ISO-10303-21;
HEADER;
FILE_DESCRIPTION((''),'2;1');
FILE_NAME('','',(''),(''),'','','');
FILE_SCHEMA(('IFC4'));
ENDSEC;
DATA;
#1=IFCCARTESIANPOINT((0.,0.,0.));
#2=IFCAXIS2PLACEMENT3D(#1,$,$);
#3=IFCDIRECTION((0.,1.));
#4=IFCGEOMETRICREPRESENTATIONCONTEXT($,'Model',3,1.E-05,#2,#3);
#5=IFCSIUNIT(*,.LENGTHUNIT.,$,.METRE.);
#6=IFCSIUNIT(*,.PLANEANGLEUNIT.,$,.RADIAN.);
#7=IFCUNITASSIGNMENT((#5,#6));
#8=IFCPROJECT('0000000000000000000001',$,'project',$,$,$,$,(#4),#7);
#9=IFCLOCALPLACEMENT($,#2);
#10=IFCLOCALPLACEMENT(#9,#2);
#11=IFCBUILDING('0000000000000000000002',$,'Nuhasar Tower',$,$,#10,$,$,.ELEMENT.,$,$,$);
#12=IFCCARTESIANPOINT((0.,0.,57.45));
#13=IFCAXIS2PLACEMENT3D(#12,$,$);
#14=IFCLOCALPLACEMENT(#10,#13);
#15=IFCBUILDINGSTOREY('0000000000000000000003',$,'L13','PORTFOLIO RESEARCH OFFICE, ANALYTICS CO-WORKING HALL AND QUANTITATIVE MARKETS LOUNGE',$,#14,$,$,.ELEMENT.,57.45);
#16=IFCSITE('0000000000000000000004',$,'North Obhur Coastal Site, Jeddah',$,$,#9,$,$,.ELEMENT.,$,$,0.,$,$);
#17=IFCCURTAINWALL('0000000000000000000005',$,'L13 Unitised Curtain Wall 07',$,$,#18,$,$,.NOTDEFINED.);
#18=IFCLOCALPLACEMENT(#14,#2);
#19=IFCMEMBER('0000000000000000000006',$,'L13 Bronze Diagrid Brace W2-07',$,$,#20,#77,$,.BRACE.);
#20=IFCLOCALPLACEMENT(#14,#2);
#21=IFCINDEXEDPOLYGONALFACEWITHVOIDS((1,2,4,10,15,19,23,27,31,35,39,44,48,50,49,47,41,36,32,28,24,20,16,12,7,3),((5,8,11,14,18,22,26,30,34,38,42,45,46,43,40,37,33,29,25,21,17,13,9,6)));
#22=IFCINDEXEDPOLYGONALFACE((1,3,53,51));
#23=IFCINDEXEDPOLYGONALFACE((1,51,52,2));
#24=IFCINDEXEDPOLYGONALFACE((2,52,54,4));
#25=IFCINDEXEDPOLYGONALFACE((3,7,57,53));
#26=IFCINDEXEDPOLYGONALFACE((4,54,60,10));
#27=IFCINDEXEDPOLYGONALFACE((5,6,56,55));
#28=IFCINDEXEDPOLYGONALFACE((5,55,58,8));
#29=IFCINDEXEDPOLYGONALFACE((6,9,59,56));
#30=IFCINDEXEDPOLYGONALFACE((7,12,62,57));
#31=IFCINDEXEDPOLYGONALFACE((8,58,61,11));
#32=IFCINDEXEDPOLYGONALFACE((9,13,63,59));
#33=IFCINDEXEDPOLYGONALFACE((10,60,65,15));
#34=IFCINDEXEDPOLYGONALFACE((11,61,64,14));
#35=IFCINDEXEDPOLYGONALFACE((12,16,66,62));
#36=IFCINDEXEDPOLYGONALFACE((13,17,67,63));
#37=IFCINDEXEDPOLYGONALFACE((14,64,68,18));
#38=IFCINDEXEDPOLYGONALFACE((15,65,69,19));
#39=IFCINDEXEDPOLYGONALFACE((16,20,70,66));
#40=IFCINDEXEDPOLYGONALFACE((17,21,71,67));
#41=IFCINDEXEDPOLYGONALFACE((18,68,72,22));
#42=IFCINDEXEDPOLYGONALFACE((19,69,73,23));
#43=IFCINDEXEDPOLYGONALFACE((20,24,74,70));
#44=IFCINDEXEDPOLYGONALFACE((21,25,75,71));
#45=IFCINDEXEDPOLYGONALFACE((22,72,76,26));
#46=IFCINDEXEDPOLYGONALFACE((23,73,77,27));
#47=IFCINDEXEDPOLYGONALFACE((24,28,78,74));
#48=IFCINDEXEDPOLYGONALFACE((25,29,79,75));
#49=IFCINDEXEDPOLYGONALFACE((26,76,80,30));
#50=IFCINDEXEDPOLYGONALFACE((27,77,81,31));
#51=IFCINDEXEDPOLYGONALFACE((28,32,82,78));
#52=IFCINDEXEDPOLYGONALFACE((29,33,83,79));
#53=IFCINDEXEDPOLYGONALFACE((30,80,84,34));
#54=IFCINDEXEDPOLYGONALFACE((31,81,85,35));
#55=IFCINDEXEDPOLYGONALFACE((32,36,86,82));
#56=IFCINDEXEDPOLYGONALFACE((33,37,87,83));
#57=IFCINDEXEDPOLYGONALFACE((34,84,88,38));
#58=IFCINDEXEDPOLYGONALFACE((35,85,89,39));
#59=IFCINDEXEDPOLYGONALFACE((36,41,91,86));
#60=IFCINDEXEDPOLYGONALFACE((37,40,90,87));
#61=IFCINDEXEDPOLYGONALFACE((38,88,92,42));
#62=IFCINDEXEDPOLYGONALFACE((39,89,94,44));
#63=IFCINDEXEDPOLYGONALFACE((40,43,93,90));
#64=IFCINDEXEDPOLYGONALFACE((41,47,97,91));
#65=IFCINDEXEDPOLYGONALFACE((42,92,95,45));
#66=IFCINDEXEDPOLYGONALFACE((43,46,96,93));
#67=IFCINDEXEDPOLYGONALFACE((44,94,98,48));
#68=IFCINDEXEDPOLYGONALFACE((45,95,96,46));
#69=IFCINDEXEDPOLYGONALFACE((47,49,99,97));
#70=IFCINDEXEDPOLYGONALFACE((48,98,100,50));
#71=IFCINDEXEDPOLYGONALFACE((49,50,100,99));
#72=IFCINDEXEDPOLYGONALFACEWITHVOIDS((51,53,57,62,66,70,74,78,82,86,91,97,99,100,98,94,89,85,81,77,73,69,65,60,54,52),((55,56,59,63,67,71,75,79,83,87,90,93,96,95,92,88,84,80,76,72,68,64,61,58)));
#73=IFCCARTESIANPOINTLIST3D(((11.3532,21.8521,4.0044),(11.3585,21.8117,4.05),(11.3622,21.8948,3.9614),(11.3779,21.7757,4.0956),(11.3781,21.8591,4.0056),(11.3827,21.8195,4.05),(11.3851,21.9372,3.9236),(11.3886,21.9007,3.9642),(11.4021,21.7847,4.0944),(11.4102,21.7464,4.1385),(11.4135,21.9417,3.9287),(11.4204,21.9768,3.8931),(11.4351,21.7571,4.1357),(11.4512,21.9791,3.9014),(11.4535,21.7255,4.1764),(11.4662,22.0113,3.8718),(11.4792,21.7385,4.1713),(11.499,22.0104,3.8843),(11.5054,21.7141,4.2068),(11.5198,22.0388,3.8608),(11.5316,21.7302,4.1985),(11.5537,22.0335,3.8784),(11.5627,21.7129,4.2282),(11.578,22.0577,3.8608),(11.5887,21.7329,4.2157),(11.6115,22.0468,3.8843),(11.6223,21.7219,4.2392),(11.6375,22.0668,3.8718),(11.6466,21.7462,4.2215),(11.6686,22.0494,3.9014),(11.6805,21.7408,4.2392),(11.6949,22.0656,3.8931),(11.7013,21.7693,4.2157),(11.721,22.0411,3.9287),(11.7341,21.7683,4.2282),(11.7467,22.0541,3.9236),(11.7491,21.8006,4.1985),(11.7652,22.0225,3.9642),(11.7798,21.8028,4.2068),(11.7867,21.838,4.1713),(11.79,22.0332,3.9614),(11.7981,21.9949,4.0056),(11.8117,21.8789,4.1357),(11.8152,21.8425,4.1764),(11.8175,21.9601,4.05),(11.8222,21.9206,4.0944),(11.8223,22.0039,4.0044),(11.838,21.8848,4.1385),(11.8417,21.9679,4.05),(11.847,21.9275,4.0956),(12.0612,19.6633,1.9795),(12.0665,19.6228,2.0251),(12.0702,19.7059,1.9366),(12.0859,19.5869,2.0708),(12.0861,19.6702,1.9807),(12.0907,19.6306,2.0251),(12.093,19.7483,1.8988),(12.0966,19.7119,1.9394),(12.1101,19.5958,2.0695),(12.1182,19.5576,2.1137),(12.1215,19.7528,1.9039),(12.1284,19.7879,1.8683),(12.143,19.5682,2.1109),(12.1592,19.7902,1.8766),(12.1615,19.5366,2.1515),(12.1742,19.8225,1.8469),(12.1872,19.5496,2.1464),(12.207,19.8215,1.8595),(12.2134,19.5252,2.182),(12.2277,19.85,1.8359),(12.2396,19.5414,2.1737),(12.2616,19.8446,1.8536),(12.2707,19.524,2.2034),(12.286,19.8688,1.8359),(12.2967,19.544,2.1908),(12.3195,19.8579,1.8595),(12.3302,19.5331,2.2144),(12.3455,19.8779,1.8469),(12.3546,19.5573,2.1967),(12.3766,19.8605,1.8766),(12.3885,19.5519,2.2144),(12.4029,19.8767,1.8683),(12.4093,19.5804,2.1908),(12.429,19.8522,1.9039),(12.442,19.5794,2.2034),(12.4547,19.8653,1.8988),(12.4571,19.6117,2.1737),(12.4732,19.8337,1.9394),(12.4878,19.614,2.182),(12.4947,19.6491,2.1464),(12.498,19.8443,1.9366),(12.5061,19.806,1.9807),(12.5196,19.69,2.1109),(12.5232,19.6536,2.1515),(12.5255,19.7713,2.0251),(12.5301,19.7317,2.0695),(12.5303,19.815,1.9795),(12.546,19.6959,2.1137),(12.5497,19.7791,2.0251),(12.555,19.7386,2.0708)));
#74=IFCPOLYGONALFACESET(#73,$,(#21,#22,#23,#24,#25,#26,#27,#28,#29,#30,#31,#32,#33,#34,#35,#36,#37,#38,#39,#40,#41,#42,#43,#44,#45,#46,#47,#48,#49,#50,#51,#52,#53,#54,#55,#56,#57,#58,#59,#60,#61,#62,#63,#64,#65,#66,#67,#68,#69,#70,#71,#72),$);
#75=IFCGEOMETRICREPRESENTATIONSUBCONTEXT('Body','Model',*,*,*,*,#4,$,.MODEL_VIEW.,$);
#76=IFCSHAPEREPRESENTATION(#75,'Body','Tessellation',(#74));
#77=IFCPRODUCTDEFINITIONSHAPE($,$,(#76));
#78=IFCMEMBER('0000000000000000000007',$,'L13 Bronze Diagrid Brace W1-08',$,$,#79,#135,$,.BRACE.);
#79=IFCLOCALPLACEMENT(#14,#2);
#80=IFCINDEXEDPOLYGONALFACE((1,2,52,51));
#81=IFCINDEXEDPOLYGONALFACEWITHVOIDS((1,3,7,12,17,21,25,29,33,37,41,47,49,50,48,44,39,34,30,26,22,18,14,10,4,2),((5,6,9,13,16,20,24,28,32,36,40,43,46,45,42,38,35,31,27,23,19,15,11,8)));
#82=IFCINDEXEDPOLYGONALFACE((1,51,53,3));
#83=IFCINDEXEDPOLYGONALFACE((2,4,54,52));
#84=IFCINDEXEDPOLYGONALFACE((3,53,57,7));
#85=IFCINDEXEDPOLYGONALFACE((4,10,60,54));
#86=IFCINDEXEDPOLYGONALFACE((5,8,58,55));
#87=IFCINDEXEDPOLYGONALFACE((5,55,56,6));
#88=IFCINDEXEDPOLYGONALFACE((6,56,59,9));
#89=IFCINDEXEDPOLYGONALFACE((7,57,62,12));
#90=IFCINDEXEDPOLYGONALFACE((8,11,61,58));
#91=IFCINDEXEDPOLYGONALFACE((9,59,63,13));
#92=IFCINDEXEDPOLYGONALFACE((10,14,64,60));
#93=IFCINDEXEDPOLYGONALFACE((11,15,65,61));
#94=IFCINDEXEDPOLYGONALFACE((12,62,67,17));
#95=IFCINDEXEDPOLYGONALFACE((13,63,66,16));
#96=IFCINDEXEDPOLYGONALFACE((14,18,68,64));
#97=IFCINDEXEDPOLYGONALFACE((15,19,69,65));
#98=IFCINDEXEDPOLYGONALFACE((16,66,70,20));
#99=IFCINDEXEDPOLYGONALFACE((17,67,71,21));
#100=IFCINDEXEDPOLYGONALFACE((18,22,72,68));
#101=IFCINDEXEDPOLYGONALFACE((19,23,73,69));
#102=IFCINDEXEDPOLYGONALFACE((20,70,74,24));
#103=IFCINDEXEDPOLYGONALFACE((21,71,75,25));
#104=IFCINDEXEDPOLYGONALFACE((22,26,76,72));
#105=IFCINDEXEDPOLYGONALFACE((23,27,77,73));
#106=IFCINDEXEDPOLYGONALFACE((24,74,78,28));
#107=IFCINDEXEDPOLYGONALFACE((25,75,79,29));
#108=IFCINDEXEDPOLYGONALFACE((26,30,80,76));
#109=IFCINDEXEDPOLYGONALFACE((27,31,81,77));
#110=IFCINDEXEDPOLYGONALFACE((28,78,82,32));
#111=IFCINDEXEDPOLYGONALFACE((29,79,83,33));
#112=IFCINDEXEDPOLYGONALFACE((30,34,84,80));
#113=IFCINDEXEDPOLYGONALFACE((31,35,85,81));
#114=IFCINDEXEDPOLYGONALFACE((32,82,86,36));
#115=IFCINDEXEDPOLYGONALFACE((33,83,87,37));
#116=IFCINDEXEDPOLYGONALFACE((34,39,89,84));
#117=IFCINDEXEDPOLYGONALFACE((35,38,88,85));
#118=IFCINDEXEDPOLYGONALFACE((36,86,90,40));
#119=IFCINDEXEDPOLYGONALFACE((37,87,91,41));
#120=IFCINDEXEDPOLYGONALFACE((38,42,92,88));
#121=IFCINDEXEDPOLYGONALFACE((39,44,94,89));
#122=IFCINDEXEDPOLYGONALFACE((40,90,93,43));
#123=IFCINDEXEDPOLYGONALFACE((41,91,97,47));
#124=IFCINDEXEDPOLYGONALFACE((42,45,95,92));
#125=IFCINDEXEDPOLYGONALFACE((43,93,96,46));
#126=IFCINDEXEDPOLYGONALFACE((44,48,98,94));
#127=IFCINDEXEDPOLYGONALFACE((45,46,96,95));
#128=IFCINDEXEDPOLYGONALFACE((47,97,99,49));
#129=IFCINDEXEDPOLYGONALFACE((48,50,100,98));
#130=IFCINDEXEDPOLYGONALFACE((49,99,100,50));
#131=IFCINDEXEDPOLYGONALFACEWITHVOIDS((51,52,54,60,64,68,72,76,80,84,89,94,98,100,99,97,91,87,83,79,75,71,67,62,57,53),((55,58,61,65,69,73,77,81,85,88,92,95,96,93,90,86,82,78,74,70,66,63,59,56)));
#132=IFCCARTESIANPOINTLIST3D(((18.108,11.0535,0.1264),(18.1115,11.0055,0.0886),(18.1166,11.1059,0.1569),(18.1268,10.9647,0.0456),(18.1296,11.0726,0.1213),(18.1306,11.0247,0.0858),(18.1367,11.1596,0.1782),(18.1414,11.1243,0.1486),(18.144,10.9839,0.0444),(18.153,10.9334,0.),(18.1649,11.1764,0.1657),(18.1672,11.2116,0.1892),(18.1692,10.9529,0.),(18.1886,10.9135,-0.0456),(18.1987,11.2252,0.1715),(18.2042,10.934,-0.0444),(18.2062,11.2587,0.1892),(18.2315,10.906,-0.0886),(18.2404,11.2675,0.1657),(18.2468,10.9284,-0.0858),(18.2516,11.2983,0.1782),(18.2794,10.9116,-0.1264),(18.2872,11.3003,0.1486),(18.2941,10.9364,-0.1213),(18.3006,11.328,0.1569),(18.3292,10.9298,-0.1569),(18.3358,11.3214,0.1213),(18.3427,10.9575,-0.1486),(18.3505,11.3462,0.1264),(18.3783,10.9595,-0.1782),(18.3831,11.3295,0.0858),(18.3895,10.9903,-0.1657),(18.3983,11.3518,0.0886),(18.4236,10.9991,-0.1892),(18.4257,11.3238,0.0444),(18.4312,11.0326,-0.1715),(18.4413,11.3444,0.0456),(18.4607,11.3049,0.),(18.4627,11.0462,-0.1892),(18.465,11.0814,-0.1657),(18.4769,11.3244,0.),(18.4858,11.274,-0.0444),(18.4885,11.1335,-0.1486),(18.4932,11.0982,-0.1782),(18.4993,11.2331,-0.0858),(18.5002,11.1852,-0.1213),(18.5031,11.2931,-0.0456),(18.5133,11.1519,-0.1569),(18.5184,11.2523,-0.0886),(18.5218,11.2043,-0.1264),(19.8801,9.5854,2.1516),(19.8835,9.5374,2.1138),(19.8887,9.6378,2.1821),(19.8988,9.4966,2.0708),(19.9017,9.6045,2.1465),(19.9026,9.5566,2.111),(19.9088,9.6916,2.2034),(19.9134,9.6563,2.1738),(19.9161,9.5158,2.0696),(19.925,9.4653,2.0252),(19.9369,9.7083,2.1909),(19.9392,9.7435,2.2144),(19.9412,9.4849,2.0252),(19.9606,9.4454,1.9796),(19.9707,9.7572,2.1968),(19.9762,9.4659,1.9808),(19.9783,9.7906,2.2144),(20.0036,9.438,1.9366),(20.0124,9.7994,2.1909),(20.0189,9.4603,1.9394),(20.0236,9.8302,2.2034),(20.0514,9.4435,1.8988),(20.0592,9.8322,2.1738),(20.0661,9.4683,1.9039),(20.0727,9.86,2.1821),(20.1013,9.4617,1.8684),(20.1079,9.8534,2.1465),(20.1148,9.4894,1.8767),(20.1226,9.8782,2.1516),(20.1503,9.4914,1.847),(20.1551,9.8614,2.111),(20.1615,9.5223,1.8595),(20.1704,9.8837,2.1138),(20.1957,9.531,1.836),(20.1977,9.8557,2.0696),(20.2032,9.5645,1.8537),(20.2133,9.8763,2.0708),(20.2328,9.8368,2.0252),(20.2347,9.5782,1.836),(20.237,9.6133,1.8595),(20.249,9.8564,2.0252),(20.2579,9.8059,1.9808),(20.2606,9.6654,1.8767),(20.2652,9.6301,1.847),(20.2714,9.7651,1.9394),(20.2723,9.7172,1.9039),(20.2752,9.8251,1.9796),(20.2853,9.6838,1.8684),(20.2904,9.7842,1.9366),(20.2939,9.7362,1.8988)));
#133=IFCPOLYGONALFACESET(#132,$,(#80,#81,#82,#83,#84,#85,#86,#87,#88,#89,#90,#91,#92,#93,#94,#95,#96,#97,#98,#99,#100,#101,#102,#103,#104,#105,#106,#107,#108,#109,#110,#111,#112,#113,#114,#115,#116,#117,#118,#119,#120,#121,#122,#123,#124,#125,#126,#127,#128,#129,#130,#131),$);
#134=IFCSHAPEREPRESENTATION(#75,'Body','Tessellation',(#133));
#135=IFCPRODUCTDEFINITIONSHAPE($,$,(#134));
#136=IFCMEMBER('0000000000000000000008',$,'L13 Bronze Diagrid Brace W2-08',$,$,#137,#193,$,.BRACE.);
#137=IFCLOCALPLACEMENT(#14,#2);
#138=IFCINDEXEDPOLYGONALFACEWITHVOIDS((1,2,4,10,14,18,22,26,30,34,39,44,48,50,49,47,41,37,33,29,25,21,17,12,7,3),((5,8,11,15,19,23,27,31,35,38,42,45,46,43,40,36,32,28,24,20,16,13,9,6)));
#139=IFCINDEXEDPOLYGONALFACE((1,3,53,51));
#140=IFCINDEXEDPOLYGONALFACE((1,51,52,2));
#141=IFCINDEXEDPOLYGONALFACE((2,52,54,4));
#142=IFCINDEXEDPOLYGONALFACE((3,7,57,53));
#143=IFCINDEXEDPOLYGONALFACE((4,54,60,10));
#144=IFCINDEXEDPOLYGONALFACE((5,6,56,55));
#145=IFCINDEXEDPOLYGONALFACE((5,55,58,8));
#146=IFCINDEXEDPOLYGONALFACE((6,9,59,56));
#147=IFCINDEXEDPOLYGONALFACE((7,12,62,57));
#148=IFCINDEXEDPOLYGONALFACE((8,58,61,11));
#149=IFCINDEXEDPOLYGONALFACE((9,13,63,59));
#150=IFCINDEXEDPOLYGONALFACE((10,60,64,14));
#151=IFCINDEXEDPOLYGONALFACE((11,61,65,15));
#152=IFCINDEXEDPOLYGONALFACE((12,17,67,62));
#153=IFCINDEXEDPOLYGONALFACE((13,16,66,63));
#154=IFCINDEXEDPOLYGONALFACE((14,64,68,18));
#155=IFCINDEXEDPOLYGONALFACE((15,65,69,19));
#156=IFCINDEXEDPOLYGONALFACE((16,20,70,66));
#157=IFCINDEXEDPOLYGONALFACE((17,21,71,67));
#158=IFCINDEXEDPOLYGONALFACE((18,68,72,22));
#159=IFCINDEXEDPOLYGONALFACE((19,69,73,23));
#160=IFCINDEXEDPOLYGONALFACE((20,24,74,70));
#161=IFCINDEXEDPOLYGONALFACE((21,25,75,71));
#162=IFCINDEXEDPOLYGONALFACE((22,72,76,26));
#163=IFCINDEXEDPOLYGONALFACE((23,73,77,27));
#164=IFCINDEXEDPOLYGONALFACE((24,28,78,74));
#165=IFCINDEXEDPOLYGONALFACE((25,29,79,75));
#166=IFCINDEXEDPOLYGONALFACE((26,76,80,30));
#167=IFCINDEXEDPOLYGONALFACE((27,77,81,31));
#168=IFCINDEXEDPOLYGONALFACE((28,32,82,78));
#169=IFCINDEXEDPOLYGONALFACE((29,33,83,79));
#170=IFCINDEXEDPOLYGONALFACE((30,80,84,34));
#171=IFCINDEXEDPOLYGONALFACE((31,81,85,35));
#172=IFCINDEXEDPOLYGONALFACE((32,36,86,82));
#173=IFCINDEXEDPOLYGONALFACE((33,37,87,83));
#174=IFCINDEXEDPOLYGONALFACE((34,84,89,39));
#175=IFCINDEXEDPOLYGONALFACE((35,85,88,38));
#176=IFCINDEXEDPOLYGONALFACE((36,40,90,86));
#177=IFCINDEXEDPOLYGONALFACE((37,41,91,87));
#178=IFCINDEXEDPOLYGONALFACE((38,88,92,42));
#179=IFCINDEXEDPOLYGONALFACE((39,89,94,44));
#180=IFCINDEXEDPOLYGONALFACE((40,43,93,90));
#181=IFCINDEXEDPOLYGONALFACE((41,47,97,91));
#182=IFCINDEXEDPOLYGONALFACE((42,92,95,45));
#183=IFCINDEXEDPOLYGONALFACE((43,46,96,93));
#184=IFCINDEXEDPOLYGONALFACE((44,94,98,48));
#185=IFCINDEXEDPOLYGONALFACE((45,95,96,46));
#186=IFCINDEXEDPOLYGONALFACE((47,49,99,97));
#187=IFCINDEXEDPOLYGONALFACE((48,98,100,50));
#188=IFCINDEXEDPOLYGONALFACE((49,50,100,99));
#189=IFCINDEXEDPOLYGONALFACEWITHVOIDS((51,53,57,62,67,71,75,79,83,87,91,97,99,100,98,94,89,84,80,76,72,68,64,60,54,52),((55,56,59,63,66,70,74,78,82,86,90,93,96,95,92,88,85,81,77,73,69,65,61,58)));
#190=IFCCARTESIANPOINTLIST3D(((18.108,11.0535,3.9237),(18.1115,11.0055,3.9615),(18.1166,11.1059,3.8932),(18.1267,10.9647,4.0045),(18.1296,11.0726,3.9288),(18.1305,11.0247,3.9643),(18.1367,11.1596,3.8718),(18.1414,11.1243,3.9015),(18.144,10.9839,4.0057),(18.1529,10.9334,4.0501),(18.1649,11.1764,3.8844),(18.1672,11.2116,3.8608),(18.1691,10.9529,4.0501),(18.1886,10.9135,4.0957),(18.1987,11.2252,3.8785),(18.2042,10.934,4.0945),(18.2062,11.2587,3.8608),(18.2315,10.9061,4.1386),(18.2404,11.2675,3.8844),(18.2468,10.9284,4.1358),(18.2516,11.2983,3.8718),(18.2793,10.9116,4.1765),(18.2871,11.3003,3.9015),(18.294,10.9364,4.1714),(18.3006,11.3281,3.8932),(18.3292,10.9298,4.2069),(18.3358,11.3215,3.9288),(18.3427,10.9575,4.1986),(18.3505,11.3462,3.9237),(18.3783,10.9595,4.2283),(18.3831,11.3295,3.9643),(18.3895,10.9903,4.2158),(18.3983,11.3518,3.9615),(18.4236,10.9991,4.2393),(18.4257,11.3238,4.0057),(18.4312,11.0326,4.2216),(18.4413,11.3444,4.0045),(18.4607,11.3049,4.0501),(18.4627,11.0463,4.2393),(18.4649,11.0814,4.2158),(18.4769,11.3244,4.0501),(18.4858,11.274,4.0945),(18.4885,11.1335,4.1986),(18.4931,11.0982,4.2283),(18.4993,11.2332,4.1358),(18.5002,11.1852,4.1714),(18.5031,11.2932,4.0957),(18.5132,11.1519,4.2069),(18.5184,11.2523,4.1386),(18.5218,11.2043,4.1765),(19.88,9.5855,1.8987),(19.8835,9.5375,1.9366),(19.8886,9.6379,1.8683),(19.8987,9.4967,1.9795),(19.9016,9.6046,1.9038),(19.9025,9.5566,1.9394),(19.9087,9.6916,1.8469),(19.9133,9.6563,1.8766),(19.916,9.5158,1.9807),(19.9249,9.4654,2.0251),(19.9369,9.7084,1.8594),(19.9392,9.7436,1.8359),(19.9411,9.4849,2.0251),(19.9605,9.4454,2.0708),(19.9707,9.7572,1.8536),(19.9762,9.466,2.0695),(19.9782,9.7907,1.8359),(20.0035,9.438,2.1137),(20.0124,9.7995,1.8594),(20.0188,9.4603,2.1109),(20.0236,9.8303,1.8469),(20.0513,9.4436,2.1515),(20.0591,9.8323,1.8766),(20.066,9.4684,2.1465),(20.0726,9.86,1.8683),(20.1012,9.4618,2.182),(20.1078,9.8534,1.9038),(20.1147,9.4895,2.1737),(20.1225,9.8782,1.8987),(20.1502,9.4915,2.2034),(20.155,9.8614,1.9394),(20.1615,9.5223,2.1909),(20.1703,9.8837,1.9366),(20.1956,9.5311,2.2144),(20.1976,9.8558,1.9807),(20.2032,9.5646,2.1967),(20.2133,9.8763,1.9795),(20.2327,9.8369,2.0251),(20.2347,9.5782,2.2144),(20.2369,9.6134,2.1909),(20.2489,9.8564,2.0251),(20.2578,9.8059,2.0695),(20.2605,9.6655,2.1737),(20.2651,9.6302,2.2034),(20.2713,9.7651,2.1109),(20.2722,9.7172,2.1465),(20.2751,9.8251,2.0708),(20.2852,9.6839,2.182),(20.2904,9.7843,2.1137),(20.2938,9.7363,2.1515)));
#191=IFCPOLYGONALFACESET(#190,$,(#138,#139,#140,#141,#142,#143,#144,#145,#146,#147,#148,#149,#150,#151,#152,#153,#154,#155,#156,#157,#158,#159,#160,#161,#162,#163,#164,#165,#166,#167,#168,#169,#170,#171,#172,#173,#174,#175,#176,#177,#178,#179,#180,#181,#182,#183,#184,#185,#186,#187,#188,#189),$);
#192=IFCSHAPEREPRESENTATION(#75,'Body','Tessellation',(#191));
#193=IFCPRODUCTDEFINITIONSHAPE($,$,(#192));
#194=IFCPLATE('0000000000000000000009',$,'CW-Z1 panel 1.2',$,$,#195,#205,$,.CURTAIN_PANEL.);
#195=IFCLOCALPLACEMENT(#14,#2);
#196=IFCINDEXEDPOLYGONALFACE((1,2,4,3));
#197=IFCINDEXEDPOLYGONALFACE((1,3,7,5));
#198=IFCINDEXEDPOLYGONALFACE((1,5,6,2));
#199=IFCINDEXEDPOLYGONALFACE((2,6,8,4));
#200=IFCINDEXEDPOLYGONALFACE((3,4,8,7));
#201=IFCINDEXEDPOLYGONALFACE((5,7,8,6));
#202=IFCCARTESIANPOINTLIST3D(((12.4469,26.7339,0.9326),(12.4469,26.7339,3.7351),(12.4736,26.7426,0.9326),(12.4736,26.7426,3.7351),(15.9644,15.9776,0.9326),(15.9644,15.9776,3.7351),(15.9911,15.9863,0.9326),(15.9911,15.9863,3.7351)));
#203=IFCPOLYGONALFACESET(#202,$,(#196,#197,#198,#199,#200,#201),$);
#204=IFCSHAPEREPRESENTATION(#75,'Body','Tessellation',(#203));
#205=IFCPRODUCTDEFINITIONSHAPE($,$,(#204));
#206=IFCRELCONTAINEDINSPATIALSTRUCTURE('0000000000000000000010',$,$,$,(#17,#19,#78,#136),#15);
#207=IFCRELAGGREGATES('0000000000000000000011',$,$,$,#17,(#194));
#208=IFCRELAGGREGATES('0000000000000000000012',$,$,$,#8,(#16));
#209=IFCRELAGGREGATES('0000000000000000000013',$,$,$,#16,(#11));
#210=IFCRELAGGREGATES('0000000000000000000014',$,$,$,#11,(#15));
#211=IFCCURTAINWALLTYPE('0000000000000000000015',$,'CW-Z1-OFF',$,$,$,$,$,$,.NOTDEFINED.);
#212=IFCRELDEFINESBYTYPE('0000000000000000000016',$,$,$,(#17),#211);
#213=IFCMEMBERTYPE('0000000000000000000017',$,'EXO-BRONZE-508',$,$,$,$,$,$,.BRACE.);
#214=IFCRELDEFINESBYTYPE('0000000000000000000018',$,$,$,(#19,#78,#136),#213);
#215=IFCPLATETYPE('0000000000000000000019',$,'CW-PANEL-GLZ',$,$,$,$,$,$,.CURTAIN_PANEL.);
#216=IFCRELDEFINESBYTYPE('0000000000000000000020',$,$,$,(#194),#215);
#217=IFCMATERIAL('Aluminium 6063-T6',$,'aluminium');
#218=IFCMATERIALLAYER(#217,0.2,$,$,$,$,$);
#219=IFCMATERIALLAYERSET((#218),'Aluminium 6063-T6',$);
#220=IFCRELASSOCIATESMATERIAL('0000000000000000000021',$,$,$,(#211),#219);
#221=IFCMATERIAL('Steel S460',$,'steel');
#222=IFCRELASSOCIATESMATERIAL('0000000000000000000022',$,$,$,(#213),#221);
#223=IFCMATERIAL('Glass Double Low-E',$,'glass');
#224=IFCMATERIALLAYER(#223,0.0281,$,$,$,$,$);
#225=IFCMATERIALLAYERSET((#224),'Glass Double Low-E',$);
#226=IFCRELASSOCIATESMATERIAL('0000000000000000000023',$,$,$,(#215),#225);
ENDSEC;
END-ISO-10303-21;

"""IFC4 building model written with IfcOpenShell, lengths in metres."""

from ifc_helpers import new_model, si_unit, direction, frame, origin, origin_2d, place, context, subcontext, project, spatial, rectangle, hollow_circle, extrude, material, layer, layer_set, material_profile, profile_set, type_object, element, aggregate, save


model = new_model("IFC4")

# Units and contexts
model_context = context("Model", 3, precision=1e-05, world=origin(), true_north=direction((0.0, 1.0)))
body_context = subcontext(model_context, "Body", "Model", "MODEL_VIEW")
ifc_project = project(units=[si_unit("LENGTHUNIT", "METRE"), si_unit("PLANEANGLEUNIT", "RADIAN")], contexts=[model_context])

# Site, building, storey
site_placement = place(None, origin())
site = spatial("IfcSite", under=ifc_project, at=site_placement, Name="North Obhur Coastal Site, Jeddah", CompositionType="ELEMENT", RefElevation=0.0)
building_placement = place(site_placement, origin())
building = spatial("IfcBuilding", under=site, at=building_placement, Name="Nuhasar Tower", CompositionType="ELEMENT")
storey_placement = place(building_placement, frame((0.0, 0.0, 57.45)))
storey = spatial("IfcBuildingStorey", under=building, at=storey_placement, Name="L13", Description="PORTFOLIO RESEARCH OFFICE, ANALYTICS CO-WORKING HALL AND QUANTITATIVE MARKETS LOUNGE", CompositionType="ELEMENT", Elevation=57.45)

# Curtain wall
ifc_material_1 = material(Name="Aluminium 6063-T6", Category="aluminium")
ifc_layer_1 = layer(ifc_material_1, 0.2)
ifc_layer_set_1 = layer_set([ifc_layer_1], Name="Aluminium 6063-T6")
curtain_wall_type = type_object("IfcCurtainWallType", Name="CW-Z1-OFF", PredefinedType="NOTDEFINED", material=ifc_layer_set_1)
curtain_wall_1_placement = place(storey_placement, origin())
curtain_wall_1 = element("IfcCurtainWall", 1, at=curtain_wall_1_placement, inside=storey, type_object=curtain_wall_type, Name="L13 Unitised Curtain Wall 07", PredefinedType="NOTDEFINED")

# Members
ifc_material_2 = material(Name="Steel S460", Category="steel")
ifc_material_profile_1 = material_profile(ifc_material_2, hollow_circle(Radius=0.2539, WallThickness=0.0254, at=origin_2d()), Name="HSS508X25.4")
ifc_profile_set_1 = profile_set([ifc_material_profile_1], Name="Steel S460")
member_type_1 = type_object("IfcMemberType", Name="EXO-BRONZE-508", PredefinedType="BRACE", material=ifc_profile_set_1)
member_1_placement = place(storey_placement, frame((12.3081, 19.7009, 2.0251), z_axis=(-0.231012, 0.714225, 0.660694), x_axis=(-0.951468, -0.307747, 0.0)))
element("IfcMember", 2, at=member_1_placement, inside=storey, type_object=member_type_1, Name="L13 Bronze Diagrid Brace W2-07", PredefinedType="BRACE", context=body_context, shape_type="SweptSolid", body=[
    extrude(hollow_circle(Radius=0.2539, WallThickness=0.0254, at=origin_2d()), origin(), (0.0, 0.0, 1.0), 3.0647),
])
member_2_placement = place(storey_placement, frame((18.3149, 11.1289, 0.0), z_axis=(0.578071, -0.478912, 0.660664), x_axis=(0.637969, 0.770062, 0.0)))
element("IfcMember", 3, at=member_2_placement, inside=storey, type_object=member_type_1, Name="L13 Bronze Diagrid Brace W1-08", PredefinedType="BRACE", context=body_context, shape_type="SweptSolid", body=[
    extrude(hollow_circle(Radius=0.2539, WallThickness=0.0254, at=origin_2d()), origin(), (0.0, 0.0, 1.0), 3.0654),
])
member_3_placement = place(storey_placement, frame((20.0869, 9.6609, 2.0251), z_axis=(-0.578102, 0.478937, 0.660619), x_axis=(-0.637969, -0.770062, 0.0)))
element("IfcMember", 4, at=member_3_placement, inside=storey, type_object=member_type_1, Name="L13 Bronze Diagrid Brace W2-08", PredefinedType="BRACE", context=body_context, shape_type="SweptSolid", body=[
    extrude(hollow_circle(Radius=0.2539, WallThickness=0.0254, at=origin_2d()), origin(), (0.0, 0.0, 1.0), 3.0652),
])

# Plate
ifc_material_3 = material(Name="Glass Double Low-E", Category="glass")
ifc_layer_2 = layer(ifc_material_3, 0.0281)
ifc_layer_set_2 = layer_set([ifc_layer_2], Name="Glass Double Low-E")
plate_type_1 = type_object("IfcPlateType", Name="CW-PANEL-GLZ", PredefinedType="CURTAIN_PANEL", material=ifc_layer_set_2)
plate_1_placement = place(storey_placement, frame((14.219, 21.3601, 0.9326), z_axis=(0.0, 0.0, 1.0), x_axis=(0.310824, -0.950468, 0.0)))
plate_1 = element("IfcPlate", 5, at=plate_1_placement, type_object=plate_type_1, Name="CW-Z1 panel 1.2", PredefinedType="CURTAIN_PANEL", context=body_context, shape_type="SweptSolid", body=[
    extrude(rectangle(XDim=11.3169, YDim=0.0281, at=origin_2d()), origin(), (0.0, 0.0, 1.0), 2.8025),
])
aggregate(curtain_wall_1, [plate_1])

save(model, "model.ifc")
